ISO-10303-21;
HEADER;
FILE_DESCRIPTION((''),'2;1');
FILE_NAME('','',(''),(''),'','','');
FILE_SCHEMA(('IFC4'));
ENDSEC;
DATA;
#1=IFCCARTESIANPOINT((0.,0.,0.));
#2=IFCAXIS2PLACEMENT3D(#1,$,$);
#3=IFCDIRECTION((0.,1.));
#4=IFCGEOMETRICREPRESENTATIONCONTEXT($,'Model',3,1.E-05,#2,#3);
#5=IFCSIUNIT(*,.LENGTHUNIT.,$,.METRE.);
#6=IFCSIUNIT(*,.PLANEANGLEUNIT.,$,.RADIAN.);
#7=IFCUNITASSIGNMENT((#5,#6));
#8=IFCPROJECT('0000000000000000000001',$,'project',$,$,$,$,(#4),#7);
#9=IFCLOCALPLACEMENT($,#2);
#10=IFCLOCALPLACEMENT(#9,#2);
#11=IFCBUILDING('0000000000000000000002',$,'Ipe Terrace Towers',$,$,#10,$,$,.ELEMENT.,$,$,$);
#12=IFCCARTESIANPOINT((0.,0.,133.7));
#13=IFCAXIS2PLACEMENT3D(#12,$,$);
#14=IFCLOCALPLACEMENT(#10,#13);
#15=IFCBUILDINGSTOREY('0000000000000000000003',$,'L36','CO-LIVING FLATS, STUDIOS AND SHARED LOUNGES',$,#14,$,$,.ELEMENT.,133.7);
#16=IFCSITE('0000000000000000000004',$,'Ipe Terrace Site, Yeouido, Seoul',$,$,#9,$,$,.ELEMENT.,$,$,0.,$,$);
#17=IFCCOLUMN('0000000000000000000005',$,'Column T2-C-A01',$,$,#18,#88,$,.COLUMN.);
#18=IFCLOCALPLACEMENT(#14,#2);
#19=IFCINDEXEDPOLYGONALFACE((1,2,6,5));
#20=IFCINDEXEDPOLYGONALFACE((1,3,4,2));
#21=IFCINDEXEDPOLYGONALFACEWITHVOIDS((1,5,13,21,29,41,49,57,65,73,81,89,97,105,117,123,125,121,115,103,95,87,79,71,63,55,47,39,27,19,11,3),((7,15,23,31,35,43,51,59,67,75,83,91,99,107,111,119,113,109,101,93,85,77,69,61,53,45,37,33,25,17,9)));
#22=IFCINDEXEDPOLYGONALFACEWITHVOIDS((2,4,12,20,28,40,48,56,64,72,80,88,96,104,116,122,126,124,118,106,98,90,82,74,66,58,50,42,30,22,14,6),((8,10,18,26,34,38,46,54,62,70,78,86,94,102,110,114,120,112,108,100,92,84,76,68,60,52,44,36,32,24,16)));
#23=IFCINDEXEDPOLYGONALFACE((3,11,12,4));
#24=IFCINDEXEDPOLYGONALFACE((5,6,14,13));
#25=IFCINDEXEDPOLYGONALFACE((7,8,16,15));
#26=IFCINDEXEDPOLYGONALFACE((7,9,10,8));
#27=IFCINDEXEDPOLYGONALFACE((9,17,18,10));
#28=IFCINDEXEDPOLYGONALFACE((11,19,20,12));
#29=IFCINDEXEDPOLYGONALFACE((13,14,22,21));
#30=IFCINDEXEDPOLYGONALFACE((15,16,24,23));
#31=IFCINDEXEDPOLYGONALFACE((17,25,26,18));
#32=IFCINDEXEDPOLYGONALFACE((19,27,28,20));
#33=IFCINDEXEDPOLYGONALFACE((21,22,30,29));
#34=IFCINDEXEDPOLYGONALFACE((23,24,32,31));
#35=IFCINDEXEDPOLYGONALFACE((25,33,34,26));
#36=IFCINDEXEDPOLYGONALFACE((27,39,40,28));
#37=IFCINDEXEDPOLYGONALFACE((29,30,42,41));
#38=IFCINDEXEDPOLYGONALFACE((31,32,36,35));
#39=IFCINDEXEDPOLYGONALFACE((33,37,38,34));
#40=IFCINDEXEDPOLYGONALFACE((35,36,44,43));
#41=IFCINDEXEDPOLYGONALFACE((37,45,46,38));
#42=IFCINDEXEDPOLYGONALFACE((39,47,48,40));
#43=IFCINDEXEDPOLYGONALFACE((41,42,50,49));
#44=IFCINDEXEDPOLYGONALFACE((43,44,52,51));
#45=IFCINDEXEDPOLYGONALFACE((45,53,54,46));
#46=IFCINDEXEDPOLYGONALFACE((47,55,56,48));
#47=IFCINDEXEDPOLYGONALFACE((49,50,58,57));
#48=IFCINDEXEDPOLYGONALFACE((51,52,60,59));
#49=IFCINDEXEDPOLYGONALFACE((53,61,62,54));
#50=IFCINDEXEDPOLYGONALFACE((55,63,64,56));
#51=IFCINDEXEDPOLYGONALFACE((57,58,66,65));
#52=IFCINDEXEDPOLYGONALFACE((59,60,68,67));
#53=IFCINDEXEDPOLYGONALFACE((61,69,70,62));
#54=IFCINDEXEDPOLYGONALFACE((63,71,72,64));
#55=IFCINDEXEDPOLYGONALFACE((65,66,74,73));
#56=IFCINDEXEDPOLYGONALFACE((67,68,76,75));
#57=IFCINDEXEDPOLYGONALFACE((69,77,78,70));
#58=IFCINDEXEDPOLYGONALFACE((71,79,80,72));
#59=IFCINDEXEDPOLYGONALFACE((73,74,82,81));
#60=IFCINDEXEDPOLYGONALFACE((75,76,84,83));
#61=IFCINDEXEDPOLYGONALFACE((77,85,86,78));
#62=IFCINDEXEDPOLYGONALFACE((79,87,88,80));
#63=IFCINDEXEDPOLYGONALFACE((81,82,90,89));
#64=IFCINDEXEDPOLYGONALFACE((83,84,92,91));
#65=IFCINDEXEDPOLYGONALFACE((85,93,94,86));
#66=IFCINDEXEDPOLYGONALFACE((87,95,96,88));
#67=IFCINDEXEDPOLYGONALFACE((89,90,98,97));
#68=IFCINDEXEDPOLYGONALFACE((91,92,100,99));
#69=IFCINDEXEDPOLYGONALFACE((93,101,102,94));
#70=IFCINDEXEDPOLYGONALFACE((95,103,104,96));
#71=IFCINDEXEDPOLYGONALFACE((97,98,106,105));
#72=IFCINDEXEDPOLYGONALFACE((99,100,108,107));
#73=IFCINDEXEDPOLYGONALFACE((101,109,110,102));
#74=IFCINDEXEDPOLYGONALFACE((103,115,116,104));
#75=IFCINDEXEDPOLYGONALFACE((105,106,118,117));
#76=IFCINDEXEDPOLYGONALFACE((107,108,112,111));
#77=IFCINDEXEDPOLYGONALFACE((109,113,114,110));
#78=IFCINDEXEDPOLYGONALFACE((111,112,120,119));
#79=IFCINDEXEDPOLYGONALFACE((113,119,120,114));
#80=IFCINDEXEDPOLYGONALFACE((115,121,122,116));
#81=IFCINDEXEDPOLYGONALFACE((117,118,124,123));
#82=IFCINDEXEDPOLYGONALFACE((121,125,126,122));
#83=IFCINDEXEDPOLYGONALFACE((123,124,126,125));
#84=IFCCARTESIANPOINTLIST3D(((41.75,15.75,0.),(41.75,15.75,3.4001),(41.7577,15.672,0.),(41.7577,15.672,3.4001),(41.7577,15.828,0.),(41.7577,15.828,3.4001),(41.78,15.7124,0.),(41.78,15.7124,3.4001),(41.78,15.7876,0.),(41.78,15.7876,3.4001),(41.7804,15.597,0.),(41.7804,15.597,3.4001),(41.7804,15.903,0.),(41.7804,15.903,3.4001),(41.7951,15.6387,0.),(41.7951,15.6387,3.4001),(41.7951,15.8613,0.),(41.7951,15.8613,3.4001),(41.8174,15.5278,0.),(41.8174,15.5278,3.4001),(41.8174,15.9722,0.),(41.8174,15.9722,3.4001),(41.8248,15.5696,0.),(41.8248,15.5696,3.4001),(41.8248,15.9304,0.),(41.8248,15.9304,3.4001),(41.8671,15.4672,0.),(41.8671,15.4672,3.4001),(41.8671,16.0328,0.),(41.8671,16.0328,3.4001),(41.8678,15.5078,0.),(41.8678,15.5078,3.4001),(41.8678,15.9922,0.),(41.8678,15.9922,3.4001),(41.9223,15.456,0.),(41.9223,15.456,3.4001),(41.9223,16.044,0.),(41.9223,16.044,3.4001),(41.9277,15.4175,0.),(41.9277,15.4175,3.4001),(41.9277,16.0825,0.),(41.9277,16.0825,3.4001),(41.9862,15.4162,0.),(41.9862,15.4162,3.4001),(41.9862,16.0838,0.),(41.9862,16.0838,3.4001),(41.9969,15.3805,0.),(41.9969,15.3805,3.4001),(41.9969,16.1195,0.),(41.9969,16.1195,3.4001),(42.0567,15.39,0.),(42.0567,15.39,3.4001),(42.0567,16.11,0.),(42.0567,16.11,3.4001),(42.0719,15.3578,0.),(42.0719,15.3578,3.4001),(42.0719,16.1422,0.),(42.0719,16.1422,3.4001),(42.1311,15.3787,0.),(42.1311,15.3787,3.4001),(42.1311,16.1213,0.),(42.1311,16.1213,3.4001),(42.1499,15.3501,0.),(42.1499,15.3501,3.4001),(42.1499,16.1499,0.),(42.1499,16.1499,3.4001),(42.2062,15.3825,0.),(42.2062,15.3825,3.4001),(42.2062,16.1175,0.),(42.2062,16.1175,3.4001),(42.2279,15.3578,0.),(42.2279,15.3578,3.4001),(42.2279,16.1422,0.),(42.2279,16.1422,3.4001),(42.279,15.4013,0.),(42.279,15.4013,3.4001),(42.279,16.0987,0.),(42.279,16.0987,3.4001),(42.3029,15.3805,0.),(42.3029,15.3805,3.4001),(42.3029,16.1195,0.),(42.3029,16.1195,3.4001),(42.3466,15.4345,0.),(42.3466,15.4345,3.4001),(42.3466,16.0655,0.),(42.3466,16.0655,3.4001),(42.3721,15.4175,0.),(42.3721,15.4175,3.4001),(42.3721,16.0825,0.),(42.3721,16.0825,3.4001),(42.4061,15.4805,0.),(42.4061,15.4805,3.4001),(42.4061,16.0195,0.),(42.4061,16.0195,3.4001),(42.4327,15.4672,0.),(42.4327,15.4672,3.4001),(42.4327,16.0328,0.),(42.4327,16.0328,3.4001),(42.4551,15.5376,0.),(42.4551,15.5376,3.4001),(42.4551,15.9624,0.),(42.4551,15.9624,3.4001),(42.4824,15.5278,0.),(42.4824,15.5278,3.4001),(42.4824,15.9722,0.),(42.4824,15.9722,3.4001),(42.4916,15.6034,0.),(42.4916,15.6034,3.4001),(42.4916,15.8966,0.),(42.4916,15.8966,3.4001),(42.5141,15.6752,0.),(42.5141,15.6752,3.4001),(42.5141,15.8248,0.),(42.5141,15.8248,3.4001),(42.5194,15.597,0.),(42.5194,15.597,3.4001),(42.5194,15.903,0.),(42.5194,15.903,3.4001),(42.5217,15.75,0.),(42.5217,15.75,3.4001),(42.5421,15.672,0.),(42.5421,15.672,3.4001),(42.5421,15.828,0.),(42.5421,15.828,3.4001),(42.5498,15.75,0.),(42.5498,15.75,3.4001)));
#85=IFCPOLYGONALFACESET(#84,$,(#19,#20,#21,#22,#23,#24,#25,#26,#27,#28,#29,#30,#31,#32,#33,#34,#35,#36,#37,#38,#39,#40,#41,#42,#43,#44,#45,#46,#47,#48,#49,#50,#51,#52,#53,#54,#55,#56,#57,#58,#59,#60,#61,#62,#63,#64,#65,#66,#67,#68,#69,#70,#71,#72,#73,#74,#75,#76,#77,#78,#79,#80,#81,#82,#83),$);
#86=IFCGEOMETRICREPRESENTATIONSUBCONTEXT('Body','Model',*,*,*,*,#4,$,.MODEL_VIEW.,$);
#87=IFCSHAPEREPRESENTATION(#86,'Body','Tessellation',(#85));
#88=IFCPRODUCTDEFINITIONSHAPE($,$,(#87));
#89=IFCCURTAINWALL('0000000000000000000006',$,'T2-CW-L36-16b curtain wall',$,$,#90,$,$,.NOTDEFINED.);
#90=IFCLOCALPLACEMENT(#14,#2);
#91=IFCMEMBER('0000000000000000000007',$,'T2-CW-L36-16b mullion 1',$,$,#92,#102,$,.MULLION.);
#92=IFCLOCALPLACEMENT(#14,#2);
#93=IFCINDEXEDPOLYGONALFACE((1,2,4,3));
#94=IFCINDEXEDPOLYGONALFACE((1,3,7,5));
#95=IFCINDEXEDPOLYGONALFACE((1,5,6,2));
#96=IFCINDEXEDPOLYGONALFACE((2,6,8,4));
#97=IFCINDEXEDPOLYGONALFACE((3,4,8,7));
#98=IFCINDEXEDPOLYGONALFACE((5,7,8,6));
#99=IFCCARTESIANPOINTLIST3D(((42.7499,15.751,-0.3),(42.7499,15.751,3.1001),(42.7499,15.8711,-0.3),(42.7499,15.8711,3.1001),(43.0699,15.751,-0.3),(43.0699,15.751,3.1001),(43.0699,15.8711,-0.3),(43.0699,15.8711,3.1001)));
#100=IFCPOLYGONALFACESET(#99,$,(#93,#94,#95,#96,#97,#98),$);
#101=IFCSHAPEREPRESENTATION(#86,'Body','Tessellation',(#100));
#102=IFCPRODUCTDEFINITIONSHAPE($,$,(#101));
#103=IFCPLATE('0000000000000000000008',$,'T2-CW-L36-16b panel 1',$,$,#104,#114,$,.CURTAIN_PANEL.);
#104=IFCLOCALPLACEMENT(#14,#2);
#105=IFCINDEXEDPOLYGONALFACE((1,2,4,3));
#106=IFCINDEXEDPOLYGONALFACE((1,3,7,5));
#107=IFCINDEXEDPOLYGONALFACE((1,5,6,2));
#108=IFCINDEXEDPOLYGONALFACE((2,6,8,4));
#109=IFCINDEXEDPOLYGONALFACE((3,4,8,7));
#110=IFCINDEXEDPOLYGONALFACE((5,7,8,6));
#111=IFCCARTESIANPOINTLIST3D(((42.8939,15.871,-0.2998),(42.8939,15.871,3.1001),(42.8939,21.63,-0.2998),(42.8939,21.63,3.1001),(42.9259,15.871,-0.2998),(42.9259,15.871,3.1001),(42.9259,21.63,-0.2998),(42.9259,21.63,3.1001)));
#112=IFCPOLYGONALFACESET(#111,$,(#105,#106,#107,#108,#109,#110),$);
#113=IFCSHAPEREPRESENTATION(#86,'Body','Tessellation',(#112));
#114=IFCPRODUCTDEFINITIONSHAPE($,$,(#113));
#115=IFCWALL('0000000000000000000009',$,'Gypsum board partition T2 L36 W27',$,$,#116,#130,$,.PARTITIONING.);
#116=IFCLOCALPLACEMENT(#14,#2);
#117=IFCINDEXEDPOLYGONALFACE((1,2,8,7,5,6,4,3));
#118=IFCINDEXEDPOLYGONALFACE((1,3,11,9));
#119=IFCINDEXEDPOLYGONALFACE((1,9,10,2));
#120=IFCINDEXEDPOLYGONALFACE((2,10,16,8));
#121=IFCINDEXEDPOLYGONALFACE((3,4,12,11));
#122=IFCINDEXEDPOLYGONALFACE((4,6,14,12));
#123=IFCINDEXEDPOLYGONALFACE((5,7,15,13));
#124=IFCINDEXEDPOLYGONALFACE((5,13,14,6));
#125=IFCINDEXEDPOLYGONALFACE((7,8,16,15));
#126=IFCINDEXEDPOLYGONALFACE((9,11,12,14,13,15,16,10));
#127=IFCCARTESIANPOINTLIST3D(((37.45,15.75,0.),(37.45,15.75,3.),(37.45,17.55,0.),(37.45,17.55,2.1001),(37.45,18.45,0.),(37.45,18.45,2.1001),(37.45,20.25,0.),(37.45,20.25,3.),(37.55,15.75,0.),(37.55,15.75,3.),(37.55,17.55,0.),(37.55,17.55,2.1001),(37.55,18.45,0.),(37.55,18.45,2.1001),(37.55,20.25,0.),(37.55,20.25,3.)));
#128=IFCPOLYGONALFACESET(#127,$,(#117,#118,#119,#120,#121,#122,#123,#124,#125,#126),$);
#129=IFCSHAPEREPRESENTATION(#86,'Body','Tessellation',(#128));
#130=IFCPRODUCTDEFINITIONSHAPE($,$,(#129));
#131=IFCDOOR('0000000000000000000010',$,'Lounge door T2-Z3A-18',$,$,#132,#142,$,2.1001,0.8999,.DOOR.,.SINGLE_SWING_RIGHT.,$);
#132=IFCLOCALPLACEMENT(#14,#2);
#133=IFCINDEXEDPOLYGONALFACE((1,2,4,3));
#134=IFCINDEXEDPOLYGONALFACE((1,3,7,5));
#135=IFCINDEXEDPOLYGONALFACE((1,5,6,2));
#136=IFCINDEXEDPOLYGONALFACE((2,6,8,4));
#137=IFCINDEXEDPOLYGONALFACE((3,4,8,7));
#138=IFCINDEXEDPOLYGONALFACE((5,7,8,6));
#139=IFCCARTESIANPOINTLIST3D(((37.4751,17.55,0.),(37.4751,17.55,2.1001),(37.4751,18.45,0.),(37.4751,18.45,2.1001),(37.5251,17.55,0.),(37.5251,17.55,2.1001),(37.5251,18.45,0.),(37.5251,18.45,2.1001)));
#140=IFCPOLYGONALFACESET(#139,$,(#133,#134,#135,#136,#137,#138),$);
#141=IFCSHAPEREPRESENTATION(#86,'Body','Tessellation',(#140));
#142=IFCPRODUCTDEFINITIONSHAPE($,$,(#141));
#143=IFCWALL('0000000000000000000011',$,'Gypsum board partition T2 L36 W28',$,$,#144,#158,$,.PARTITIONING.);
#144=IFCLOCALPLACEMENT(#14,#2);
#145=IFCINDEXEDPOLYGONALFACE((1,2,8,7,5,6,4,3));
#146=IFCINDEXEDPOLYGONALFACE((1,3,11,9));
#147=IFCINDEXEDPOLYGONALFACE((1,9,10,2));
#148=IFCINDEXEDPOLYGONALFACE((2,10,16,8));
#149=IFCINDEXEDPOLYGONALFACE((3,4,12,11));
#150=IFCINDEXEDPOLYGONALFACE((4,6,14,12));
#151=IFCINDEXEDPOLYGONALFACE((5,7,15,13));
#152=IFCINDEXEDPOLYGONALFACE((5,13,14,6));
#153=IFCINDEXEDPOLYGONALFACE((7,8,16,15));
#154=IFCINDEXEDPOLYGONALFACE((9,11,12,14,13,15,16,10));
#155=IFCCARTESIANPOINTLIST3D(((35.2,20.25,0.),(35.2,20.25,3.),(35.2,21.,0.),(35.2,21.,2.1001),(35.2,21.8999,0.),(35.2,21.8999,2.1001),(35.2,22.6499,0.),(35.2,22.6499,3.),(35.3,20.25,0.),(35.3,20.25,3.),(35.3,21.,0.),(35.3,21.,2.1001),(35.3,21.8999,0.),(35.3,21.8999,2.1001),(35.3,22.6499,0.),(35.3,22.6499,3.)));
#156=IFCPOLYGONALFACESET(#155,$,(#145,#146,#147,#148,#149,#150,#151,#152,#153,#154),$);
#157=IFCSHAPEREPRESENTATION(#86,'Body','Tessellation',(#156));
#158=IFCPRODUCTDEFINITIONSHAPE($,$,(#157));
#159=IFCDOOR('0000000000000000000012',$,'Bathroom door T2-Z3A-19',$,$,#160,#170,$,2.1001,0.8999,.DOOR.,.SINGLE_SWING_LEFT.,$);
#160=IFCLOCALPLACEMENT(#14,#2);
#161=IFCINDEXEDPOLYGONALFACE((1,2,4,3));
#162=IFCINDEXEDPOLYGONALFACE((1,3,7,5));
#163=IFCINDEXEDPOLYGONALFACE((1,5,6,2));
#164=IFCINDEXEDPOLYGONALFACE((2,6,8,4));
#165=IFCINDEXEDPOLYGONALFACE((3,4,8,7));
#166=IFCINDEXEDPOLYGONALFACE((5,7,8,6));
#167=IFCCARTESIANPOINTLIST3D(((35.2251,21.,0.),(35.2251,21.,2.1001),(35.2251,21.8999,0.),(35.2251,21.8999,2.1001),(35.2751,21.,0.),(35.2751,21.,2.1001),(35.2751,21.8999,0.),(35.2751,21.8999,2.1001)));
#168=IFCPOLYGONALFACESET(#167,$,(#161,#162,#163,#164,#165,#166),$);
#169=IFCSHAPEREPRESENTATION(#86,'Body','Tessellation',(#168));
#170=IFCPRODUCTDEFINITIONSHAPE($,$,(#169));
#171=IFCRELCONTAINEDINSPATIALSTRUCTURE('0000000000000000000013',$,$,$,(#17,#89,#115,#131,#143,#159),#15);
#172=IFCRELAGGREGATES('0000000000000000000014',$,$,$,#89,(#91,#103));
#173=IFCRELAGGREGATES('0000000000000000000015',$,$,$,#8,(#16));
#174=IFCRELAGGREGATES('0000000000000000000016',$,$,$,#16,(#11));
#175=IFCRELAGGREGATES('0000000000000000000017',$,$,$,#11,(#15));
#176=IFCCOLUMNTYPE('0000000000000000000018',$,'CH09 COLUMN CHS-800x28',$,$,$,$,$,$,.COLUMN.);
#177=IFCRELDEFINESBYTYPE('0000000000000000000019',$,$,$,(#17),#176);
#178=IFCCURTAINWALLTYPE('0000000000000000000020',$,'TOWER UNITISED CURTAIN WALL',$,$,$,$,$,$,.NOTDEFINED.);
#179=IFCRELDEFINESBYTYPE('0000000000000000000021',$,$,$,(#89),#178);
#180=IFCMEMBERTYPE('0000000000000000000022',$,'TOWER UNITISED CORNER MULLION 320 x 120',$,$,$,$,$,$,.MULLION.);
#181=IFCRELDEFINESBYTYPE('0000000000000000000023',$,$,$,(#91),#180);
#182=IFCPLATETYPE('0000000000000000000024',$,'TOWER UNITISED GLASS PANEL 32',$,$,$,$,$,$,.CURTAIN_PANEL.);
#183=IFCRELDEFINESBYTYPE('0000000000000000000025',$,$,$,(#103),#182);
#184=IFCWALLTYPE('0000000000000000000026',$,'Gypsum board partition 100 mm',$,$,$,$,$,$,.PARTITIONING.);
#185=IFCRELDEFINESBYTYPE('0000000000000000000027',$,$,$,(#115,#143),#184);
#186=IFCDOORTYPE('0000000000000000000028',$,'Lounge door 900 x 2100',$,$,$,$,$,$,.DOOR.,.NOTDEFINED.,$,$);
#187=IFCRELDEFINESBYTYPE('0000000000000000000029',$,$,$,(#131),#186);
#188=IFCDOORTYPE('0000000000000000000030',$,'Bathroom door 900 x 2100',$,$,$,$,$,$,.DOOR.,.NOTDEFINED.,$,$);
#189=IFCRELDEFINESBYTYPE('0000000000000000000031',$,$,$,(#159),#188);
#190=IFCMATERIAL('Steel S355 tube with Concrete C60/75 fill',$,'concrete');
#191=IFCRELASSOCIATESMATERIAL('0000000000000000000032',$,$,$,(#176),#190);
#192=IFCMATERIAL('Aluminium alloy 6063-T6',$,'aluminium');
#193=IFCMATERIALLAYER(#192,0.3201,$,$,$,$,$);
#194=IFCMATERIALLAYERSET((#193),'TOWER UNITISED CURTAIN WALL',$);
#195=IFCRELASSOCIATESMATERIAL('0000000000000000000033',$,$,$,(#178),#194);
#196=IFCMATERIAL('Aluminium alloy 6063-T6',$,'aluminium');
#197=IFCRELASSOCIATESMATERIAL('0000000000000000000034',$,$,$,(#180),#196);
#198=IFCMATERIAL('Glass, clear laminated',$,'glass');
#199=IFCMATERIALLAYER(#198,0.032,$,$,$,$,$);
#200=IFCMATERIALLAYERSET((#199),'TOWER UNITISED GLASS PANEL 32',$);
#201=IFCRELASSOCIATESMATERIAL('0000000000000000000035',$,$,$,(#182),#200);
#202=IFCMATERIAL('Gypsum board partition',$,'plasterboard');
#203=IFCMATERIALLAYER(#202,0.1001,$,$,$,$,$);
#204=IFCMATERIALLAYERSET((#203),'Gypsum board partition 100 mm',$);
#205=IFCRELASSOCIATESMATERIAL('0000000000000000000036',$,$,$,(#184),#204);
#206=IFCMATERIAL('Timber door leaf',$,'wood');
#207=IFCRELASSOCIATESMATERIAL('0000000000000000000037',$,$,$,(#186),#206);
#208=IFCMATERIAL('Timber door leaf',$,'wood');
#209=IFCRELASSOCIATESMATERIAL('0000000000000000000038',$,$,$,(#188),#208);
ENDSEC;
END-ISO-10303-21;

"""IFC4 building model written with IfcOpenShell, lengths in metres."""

from ifc_helpers import new_model, si_unit, direction, frame, frame_2d, origin, origin_2d, place, context, subcontext, project, spatial, rectangle, hollow_circle, extrude, material, layer, layer_set, material_profile, profile_set, type_object, element, fill, aggregate, save


model = new_model("IFC4")

# Units and contexts
model_context = context("Model", 3, precision=1e-05, world=origin(), true_north=direction((0.0, 1.0)))
body_context = subcontext(model_context, "Body", "Model", "MODEL_VIEW")
ifc_project = project(units=[si_unit("LENGTHUNIT", "METRE"), si_unit("PLANEANGLEUNIT", "RADIAN")], contexts=[model_context])

# Site, building, storey
site_placement = place(None, origin())
site = spatial("IfcSite", under=ifc_project, at=site_placement, Name="Ipe Terrace Site, Yeouido, Seoul", CompositionType="ELEMENT", RefElevation=0.0)
building_placement = place(site_placement, origin())
building = spatial("IfcBuilding", under=site, at=building_placement, Name="Ipe Terrace Towers", CompositionType="ELEMENT")
storey_placement = place(building_placement, frame((0.0, 0.0, 133.7)))
storey = spatial("IfcBuildingStorey", under=building, at=storey_placement, Name="L36", Description="CO-LIVING FLATS, STUDIOS AND SHARED LOUNGES", CompositionType="ELEMENT", Elevation=133.7)

# Column
ifc_material_1 = material(Name="Steel S355 tube with Concrete C60/75 fill", Category="concrete")
ifc_material_profile_1 = material_profile(ifc_material_1, hollow_circle(Radius=0.3999, WallThickness=0.0281, at=origin_2d()), Name="CHS-800x28")
ifc_profile_set_1 = profile_set([ifc_material_profile_1], Name="Steel S355 tube with Concrete C60/75 fill")
column_type = type_object("IfcColumnType", Name="CH09 COLUMN CHS-800x28", PredefinedType="COLUMN", material=ifc_profile_set_1)
column_placement = place(storey_placement, frame((42.1499, 15.75, 0.0), z_axis=(0.0, 0.0, 1.0), x_axis=(1.0, 0.0, 0.0)))
element("IfcColumn", 1, at=column_placement, inside=storey, type_object=column_type, Name="Column T2-C-A01", PredefinedType="COLUMN", context=body_context, shape_type="SweptSolid", body=[
    extrude(hollow_circle(Radius=0.3999, WallThickness=0.0281, at=origin_2d()), origin(), (0.0, 0.0, 1.0), 3.4001),
])

# Curtain wall, member, plate
ifc_material_2 = material(Name="Aluminium alloy 6063-T6", Category="aluminium")
ifc_layer_1 = layer(ifc_material_2, 0.3201)
ifc_layer_set_1 = layer_set([ifc_layer_1], Name="TOWER UNITISED CURTAIN WALL")
curtain_wall_type = type_object("IfcCurtainWallType", Name="TOWER UNITISED CURTAIN WALL", PredefinedType="NOTDEFINED", material=ifc_layer_set_1)
curtain_wall_placement = place(storey_placement, origin())
curtain_wall = element("IfcCurtainWall", 2, at=curtain_wall_placement, inside=storey, type_object=curtain_wall_type, Name="T2-CW-L36-16b curtain wall", PredefinedType="NOTDEFINED")
ifc_material_3 = material(Name="Aluminium alloy 6063-T6", Category="aluminium")
ifc_material_profile_2 = material_profile(ifc_material_3, rectangle(XDim=0.3201, YDim=0.1201, at=origin_2d()), Name="TOWER UNITISED CORNER MULLION 320 x 120")
ifc_profile_set_2 = profile_set([ifc_material_profile_2], Name="Aluminium alloy 6063-T6")
member_type = type_object("IfcMemberType", Name="TOWER UNITISED CORNER MULLION 320 x 120", PredefinedType="MULLION", material=ifc_profile_set_2)
member_placement = place(storey_placement, frame((42.9099, 15.811, -0.3), z_axis=(0.0, 0.0, 1.0), x_axis=(1.0, 0.0, 0.0)))
member = element("IfcMember", 3, at=member_placement, type_object=member_type, Name="T2-CW-L36-16b mullion 1", PredefinedType="MULLION", context=body_context, shape_type="SweptSolid", body=[
    extrude(rectangle(XDim=0.3201, YDim=0.1201, at=origin_2d()), origin(), (0.0, 0.0, 1.0), 3.4001),
])
ifc_material_4 = material(Name="Glass, clear laminated", Category="glass")
ifc_layer_2 = layer(ifc_material_4, 0.032)
ifc_layer_set_2 = layer_set([ifc_layer_2], Name="TOWER UNITISED GLASS PANEL 32")
plate_type = type_object("IfcPlateType", Name="TOWER UNITISED GLASS PANEL 32", PredefinedType="CURTAIN_PANEL", material=ifc_layer_set_2)
plate_placement = place(storey_placement, frame((42.9099, 18.7505, -0.2998), z_axis=(0.0, 0.0, 1.0), x_axis=(0.0, 1.0, 0.0)))
plate = element("IfcPlate", 4, at=plate_placement, type_object=plate_type, Name="T2-CW-L36-16b panel 1", PredefinedType="CURTAIN_PANEL", context=body_context, shape_type="SweptSolid", body=[
    extrude(rectangle(XDim=5.759, YDim=0.032, at=origin_2d()), origin(), (0.0, 0.0, 1.0), 3.3999),
])
aggregate(curtain_wall, [member, plate])

# Walls, openings, doors
ifc_material_5 = material(Name="Gypsum board partition", Category="plasterboard")
ifc_layer_3 = layer(ifc_material_5, 0.1001)
ifc_layer_set_3 = layer_set([ifc_layer_3], Name="Gypsum board partition 100 mm")
wall_type_1 = type_object("IfcWallType", Name="Gypsum board partition 100 mm", PredefinedType="PARTITIONING", material=ifc_layer_set_3)
wall_1_placement = place(storey_placement, frame((37.5, 15.75, 0.0), z_axis=(0.0, 0.0, 1.0), x_axis=(0.0, 1.0, 0.0)))
wall_1 = element("IfcWall", 5, at=wall_1_placement, inside=storey, type_object=wall_type_1, Name="Gypsum board partition T2 L36 W27", PredefinedType="PARTITIONING", context=body_context, shape_type="SweptSolid", body=[
    extrude(rectangle(XDim=4.5, YDim=0.1001, at=frame_2d((2.25, 0.0))), origin(), (0.0, 0.0, 1.0), 3.0),
])
opening_1_placement = place(wall_1_placement, frame((1.8, 0.0, 0.0)))
opening_1 = element("IfcOpeningElement", 6, at=opening_1_placement, cuts=wall_1, PredefinedType="OPENING", context=body_context, shape_type="SweptSolid", body=[
    extrude(rectangle(XDim=0.8999, YDim=2.1001, at=frame_2d((0.45, 1.05))), frame((0.0, 0.0601, 0.0), z_axis=(0.0, -1.0, 0.0), x_axis=(1.0, 0.0, 0.0)), (0.0, 0.0, 1.0), 0.1201),
])
ifc_material_6 = material(Name="Timber door leaf", Category="wood")
door_type_1 = type_object("IfcDoorType", Name="Lounge door 900 x 2100", OperationType="NOTDEFINED", PredefinedType="DOOR", material=ifc_material_6)
door_1_placement = place(opening_1_placement, origin())
door_1 = element("IfcDoor", 7, at=door_1_placement, inside=storey, type_object=door_type_1, Name="Lounge door T2-Z3A-18", OperationType="SINGLE_SWING_RIGHT", OverallHeight=2.1001, OverallWidth=0.8999, PredefinedType="DOOR", context=body_context, shape_type="SweptSolid", body=[
    extrude(rectangle(XDim=0.8999, YDim=2.1001, at=frame_2d((0.45, 1.05))), frame((0.0, 0.0249, 0.0), z_axis=(0.0, -1.0, 0.0), x_axis=(1.0, 0.0, 0.0)), (0.0, 0.0, 1.0), 0.05),
])
fill(opening_1, door_1)
wall_2_placement = place(storey_placement, frame((35.25, 20.25, 0.0), z_axis=(0.0, 0.0, 1.0), x_axis=(0.0, 1.0, 0.0)))
wall_2 = element("IfcWall", 8, at=wall_2_placement, inside=storey, type_object=wall_type_1, Name="Gypsum board partition T2 L36 W28", PredefinedType="PARTITIONING", context=body_context, shape_type="SweptSolid", body=[
    extrude(rectangle(XDim=2.3999, YDim=0.1001, at=frame_2d((1.2, 0.0))), origin(), (0.0, 0.0, 1.0), 3.0),
])
opening_2_placement = place(wall_2_placement, frame((0.75, 0.0, 0.0)))
opening_2 = element("IfcOpeningElement", 9, at=opening_2_placement, cuts=wall_2, PredefinedType="OPENING", context=body_context, shape_type="SweptSolid", body=[
    extrude(rectangle(XDim=0.8999, YDim=2.1001, at=frame_2d((0.45, 1.05))), frame((0.0, 0.0601, 0.0), z_axis=(0.0, -1.0, 0.0), x_axis=(1.0, 0.0, 0.0)), (0.0, 0.0, 1.0), 0.1201),
])
ifc_material_7 = material(Name="Timber door leaf", Category="wood")
door_type_2 = type_object("IfcDoorType", Name="Bathroom door 900 x 2100", OperationType="NOTDEFINED", PredefinedType="DOOR", material=ifc_material_7)
door_2_placement = place(opening_2_placement, origin())
door_2 = element("IfcDoor", 10, at=door_2_placement, inside=storey, type_object=door_type_2, Name="Bathroom door T2-Z3A-19", OperationType="SINGLE_SWING_LEFT", OverallHeight=2.1001, OverallWidth=0.8999, PredefinedType="DOOR", context=body_context, shape_type="SweptSolid", body=[
    extrude(rectangle(XDim=0.8999, YDim=2.1001, at=frame_2d((0.45, 1.05))), frame((0.0, 0.0249, 0.0), z_axis=(0.0, -1.0, 0.0), x_axis=(1.0, 0.0, 0.0)), (0.0, 0.0, 1.0), 0.05),
])
fill(opening_2, door_2)

save(model, "model.ifc")
